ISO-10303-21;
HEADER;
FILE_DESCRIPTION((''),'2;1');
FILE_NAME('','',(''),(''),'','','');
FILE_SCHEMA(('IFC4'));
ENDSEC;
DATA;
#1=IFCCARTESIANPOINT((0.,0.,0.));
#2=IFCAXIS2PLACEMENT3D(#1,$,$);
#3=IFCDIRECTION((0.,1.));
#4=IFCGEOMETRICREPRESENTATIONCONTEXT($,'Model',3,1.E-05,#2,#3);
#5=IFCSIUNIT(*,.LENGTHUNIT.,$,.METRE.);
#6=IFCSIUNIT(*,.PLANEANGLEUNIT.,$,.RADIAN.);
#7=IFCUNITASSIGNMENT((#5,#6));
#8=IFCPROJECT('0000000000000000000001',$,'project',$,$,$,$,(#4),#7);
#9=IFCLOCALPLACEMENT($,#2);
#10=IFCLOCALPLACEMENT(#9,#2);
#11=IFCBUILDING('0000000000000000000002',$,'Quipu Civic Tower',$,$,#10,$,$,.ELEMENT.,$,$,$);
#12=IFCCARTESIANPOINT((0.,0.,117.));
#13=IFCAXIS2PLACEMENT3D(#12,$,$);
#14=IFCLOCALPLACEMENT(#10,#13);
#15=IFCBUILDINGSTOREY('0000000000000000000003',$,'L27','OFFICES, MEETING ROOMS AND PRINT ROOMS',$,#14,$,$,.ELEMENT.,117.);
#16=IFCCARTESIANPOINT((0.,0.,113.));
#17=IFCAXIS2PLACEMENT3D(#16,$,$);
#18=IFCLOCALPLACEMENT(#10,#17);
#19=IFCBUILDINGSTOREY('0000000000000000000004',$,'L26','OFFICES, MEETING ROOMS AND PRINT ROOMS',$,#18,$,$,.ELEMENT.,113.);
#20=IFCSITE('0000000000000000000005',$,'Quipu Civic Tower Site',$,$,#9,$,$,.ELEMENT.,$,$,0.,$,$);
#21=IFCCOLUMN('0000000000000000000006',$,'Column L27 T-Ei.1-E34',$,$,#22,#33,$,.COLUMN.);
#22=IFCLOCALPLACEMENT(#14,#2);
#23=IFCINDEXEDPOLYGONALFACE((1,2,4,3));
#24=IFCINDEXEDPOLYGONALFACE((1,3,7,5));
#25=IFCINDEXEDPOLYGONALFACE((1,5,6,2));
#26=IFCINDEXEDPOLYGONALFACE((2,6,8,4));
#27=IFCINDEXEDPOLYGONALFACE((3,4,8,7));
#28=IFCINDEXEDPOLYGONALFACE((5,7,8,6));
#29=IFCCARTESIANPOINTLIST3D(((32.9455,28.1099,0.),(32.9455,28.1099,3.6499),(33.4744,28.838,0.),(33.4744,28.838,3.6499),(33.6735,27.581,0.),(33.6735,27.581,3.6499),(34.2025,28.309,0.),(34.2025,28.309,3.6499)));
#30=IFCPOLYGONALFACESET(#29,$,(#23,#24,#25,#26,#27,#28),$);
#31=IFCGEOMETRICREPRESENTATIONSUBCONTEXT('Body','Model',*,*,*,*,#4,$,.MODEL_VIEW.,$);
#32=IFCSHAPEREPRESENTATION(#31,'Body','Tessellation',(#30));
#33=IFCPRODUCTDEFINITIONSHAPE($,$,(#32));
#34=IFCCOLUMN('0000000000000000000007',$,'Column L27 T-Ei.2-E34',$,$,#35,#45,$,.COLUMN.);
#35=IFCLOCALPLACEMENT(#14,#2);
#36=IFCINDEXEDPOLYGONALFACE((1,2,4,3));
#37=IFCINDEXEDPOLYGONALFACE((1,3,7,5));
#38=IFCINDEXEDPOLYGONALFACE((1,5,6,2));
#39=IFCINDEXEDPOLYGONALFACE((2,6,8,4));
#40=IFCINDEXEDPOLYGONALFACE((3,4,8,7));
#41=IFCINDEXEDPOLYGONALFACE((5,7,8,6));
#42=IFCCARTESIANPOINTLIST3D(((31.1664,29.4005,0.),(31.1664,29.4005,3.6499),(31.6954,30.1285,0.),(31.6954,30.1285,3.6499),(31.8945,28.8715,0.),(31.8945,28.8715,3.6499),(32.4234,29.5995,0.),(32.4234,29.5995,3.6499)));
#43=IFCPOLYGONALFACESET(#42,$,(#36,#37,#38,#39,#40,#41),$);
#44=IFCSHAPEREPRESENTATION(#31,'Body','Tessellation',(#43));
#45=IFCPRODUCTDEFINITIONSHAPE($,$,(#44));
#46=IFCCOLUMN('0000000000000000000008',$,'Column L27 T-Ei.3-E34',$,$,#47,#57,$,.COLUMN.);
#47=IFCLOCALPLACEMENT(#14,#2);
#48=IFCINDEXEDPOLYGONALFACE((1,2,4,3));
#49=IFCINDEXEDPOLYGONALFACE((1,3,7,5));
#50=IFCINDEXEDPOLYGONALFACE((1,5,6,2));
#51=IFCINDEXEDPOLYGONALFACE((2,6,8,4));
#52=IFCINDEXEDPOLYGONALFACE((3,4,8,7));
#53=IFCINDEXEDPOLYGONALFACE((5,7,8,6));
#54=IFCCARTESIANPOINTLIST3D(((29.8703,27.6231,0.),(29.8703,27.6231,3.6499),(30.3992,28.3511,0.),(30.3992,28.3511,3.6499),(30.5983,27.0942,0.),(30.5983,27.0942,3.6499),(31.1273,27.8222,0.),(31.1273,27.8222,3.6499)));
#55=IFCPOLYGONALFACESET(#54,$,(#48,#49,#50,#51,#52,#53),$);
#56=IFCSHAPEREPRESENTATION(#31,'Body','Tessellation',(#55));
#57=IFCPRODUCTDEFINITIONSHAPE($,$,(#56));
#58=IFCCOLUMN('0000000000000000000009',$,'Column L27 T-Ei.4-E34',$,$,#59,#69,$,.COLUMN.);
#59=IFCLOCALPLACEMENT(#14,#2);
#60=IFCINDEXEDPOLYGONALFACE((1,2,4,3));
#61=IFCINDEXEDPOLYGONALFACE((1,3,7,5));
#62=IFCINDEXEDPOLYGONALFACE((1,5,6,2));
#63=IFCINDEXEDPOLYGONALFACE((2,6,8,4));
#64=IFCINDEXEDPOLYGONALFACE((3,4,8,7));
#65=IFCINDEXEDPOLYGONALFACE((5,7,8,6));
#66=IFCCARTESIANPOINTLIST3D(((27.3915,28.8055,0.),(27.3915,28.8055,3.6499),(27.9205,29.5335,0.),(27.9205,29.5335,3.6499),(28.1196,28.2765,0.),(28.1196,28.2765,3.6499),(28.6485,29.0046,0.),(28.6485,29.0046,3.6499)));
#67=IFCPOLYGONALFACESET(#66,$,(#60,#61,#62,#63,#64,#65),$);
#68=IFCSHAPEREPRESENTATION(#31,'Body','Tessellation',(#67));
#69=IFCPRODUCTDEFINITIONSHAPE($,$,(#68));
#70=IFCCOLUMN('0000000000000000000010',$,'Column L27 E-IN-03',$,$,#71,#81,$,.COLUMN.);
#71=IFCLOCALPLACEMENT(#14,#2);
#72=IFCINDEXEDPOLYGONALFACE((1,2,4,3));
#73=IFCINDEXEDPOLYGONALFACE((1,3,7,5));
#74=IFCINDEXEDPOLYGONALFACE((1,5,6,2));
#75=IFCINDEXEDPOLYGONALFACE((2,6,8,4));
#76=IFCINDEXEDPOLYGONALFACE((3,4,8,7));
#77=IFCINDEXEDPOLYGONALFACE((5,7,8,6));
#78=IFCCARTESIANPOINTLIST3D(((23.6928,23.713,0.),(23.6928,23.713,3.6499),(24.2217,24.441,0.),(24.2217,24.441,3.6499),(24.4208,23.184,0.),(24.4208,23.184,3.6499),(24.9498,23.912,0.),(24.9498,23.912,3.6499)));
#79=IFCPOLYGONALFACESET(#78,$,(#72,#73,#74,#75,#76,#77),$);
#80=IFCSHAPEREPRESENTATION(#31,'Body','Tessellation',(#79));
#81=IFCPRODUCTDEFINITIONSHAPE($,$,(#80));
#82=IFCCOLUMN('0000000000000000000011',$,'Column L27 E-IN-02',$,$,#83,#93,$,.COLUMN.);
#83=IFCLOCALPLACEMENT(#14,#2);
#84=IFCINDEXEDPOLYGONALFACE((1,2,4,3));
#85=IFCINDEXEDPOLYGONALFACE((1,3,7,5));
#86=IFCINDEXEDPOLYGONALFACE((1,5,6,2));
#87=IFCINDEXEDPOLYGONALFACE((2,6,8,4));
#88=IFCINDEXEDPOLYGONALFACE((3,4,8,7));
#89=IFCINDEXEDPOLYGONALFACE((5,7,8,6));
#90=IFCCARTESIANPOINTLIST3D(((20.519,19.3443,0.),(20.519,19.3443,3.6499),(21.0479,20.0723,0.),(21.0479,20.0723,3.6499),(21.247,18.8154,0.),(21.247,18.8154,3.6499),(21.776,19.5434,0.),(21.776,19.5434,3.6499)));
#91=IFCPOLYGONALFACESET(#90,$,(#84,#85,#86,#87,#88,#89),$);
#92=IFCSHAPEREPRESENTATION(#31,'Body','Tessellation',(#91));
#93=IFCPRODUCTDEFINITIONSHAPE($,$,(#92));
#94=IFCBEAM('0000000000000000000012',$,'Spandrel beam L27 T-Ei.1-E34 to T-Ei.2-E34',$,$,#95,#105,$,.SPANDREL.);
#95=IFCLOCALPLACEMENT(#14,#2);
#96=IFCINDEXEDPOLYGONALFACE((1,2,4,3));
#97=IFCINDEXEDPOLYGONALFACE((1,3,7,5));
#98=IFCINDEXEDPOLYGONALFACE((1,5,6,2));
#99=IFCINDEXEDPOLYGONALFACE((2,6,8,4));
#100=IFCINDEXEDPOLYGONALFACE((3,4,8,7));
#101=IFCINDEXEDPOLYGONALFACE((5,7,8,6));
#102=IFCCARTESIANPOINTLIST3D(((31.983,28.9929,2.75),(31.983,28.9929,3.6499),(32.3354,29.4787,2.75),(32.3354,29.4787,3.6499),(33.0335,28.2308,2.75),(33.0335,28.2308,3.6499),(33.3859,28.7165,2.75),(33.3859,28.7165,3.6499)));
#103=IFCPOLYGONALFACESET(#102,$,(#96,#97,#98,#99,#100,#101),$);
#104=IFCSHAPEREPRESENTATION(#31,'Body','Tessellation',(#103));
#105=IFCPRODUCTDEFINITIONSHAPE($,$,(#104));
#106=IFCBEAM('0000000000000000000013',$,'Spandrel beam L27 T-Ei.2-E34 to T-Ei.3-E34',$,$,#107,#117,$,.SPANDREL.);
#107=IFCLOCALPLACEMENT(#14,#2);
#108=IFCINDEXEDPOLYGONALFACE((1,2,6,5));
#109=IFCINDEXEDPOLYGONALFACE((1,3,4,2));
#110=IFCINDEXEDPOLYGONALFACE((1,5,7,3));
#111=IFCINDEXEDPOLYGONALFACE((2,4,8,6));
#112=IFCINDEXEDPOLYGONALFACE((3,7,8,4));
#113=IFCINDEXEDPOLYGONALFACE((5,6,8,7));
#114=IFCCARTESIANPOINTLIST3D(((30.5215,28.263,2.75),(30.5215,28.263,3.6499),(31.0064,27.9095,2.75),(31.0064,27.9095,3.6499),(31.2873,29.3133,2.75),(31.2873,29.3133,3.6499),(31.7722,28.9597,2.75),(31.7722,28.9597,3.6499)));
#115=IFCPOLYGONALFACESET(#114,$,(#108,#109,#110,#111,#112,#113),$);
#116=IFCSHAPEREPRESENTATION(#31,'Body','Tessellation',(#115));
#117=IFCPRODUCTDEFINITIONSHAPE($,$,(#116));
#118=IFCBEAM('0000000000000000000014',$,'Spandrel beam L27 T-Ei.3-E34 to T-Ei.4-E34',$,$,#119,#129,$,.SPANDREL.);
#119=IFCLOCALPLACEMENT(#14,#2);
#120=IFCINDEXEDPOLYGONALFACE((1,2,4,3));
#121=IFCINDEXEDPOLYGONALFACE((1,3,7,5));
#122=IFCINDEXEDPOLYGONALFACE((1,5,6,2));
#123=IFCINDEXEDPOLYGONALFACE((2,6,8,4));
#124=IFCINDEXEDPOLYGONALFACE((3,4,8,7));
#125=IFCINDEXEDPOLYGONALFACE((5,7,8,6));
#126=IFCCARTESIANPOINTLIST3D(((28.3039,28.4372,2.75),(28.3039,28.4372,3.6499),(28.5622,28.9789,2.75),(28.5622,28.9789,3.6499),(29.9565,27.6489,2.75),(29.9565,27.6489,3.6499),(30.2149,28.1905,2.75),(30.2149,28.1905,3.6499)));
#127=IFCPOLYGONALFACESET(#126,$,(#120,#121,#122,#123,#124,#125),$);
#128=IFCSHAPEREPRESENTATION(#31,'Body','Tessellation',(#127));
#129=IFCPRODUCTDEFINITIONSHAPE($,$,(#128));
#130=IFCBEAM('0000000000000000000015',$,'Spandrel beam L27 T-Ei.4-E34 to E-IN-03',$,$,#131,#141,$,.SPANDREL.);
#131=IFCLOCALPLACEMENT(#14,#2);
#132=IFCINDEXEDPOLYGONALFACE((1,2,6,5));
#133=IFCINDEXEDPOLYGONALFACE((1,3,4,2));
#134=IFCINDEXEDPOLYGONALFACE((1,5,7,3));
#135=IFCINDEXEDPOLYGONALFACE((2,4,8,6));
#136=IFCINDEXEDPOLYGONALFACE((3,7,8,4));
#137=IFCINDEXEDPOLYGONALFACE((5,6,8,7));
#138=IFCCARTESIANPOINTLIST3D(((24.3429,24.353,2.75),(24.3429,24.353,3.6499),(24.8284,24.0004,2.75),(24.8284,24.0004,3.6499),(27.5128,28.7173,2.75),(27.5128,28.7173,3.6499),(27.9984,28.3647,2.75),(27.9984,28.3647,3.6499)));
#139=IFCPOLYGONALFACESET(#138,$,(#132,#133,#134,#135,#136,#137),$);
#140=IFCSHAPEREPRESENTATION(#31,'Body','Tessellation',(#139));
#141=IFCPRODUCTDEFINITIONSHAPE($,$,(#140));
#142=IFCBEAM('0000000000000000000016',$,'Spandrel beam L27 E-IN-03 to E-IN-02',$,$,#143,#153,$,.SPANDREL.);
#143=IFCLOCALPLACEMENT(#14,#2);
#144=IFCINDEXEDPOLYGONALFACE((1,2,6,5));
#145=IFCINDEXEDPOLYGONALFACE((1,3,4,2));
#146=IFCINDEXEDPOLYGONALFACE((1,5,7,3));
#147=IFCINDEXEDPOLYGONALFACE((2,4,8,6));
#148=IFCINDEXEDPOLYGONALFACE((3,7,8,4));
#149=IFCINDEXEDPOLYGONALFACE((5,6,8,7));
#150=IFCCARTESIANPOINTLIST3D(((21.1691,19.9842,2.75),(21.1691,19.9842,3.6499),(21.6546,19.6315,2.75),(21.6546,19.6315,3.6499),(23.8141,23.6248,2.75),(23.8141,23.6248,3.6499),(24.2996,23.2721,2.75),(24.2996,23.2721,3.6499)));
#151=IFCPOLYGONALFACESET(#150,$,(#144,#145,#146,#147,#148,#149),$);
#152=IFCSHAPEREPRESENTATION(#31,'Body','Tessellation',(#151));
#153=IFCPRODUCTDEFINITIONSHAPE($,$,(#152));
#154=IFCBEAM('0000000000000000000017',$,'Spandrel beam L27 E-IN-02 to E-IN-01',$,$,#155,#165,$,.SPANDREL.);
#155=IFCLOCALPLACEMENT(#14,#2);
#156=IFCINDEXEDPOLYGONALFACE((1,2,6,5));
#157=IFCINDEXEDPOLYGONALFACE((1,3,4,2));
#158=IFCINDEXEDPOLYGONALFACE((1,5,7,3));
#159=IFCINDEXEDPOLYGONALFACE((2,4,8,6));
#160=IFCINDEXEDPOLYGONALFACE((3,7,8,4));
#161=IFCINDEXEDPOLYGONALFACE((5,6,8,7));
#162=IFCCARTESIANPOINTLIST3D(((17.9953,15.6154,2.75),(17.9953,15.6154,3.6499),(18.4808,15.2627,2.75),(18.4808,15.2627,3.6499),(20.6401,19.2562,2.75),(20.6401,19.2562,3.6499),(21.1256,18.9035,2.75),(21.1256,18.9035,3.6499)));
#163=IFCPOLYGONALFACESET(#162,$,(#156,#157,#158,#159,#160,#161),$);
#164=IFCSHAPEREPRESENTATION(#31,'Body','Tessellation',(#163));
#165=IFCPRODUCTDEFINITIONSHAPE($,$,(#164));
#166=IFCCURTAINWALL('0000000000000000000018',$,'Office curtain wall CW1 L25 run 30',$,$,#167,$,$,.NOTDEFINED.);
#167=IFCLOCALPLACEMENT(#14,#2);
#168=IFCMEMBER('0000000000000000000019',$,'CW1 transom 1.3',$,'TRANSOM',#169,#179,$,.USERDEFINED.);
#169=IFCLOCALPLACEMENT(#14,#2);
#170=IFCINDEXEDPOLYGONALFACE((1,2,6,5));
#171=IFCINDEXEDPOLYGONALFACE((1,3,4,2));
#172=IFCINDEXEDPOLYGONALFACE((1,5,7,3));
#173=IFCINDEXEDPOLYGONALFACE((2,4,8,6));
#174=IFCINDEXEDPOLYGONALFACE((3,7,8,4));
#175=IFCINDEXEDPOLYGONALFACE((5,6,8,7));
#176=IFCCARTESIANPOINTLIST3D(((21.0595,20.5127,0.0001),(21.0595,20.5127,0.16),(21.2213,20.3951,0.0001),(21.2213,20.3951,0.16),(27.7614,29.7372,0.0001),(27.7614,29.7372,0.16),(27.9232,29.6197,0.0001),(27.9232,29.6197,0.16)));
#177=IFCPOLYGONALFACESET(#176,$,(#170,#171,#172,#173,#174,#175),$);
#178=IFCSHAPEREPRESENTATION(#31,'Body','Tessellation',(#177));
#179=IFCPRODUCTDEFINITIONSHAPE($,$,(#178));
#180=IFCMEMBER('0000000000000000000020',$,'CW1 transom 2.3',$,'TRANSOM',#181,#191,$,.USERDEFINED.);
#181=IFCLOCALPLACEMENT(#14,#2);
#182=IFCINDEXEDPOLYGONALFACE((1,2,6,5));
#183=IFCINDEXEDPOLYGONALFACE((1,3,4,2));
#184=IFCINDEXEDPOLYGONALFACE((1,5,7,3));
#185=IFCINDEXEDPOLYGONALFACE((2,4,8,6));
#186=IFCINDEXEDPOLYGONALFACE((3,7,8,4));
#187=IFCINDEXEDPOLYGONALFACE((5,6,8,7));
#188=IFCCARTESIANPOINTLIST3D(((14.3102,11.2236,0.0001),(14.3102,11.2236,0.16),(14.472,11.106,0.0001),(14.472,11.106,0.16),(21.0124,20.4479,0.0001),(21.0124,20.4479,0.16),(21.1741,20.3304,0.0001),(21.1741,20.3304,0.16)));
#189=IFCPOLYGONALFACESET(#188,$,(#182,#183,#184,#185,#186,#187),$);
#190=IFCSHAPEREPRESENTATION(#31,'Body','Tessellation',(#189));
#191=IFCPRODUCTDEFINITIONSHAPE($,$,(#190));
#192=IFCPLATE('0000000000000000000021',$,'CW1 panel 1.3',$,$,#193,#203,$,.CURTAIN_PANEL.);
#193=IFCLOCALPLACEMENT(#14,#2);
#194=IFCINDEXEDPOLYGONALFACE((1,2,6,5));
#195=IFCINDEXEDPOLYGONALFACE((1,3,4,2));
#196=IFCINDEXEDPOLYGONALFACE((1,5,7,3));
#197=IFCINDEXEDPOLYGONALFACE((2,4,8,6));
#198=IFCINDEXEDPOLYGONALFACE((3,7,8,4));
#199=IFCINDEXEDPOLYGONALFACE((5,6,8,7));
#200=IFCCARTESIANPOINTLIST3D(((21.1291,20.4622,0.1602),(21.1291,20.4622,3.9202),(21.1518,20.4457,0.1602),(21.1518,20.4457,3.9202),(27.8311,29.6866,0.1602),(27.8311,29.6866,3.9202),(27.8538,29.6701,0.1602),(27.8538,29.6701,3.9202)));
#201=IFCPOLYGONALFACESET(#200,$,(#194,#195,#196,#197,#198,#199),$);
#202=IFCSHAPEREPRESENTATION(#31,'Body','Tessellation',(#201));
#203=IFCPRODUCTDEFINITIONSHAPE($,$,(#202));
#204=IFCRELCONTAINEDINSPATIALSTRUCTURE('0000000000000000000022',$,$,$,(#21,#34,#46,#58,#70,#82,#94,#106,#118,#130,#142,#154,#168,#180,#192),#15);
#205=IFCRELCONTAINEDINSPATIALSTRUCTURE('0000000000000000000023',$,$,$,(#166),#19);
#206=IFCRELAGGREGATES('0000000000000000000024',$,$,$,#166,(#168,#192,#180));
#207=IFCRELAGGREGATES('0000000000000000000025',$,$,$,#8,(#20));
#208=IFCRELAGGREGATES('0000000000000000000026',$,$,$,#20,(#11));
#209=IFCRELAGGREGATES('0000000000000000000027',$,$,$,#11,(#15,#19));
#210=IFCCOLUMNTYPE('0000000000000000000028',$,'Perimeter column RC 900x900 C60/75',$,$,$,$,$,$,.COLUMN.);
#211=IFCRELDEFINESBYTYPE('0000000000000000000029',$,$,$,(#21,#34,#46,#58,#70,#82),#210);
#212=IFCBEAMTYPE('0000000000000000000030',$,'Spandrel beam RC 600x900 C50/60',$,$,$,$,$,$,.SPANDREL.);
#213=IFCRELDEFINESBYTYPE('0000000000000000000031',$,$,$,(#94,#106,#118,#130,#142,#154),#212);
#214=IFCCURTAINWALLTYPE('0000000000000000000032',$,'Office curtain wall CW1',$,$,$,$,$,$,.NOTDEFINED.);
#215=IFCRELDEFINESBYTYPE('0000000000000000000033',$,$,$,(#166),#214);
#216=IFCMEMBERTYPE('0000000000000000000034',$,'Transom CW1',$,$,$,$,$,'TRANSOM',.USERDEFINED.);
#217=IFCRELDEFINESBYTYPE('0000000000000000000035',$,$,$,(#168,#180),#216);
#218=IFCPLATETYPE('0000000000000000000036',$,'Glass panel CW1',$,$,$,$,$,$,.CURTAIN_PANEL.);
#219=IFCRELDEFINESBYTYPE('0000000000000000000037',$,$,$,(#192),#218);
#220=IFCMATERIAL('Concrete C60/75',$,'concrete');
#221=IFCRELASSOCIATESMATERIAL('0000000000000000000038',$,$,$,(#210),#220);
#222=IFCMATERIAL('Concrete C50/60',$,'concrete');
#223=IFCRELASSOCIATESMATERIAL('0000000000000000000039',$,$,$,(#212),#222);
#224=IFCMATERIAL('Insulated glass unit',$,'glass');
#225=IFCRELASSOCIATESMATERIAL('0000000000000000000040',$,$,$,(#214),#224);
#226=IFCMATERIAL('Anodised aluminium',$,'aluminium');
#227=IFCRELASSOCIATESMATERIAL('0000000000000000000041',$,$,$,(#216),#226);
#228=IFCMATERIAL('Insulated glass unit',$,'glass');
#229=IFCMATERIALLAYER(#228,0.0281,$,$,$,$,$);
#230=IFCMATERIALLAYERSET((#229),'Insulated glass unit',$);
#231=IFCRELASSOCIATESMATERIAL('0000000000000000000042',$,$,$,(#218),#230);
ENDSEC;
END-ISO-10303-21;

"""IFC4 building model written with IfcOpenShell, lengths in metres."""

from ifc_helpers import new_model, si_unit, direction, frame, origin, origin_2d, place, context, subcontext, project, spatial, rectangle, extrude, material, layer, layer_set, material_profile, profile_set, type_object, element, aggregate, save


model = new_model("IFC4")

# Units and contexts
model_context = context("Model", 3, precision=1e-05, world=origin(), true_north=direction((0.0, 1.0)))
body_context = subcontext(model_context, "Body", "Model", "MODEL_VIEW")
ifc_project = project(units=[si_unit("LENGTHUNIT", "METRE"), si_unit("PLANEANGLEUNIT", "RADIAN")], contexts=[model_context])

# Site, building, storey
site_placement = place(None, origin())
site = spatial("IfcSite", under=ifc_project, at=site_placement, Name="Quipu Civic Tower Site", CompositionType="ELEMENT", RefElevation=0.0)
building_placement = place(site_placement, origin())
building = spatial("IfcBuilding", under=site, at=building_placement, Name="Quipu Civic Tower", CompositionType="ELEMENT")
storey_1_placement = place(building_placement, frame((0.0, 0.0, 117.0)))
storey_1 = spatial("IfcBuildingStorey", under=building, at=storey_1_placement, Name="L27", Description="OFFICES, MEETING ROOMS AND PRINT ROOMS", CompositionType="ELEMENT", Elevation=117.0)

# Columns
ifc_material_1 = material(Name="Concrete C60/75", Category="concrete")
ifc_material_profile_1 = material_profile(ifc_material_1, rectangle(XDim=0.8999, YDim=0.8999, at=origin_2d()), Name="RC900x900")
ifc_profile_set_1 = profile_set([ifc_material_profile_1], Name="Concrete C60/75")
column_type = type_object("IfcColumnType", Name="Perimeter column RC 900x900 C60/75", PredefinedType="COLUMN", material=ifc_profile_set_1)
for number, where, z_axis, x_axis, name in (
    (1, (33.574, 28.2095, 0.0), (0.0, 0.0, 1.0), (-0.809017, 0.587785, 0.0), "Column L27 T-Ei.1-E34"),
    (2, (31.7949, 29.5, 0.0), (0.0, 0.0, 1.0), (-0.587785, -0.809017, 0.0), "Column L27 T-Ei.2-E34"),
    (3, (30.4988, 27.7227, 0.0), (0.0, 0.0, 1.0), (-0.809017, 0.587785, 0.0), "Column L27 T-Ei.3-E34"),
    (4, (28.02, 28.905, 0.0), (0.0, 0.0, 1.0), (-0.809017, 0.587785, 0.0), "Column L27 T-Ei.4-E34"),
    (5, (24.3213, 23.8125, 0.0), (0.0, 0.0, 1.0), (-0.587785, -0.809017, 0.0), "Column L27 E-IN-03"),
    (6, (21.1475, 19.4438, 0.0), (0.0, 0.0, 1.0), (-0.587785, -0.809017, 0.0), "Column L27 E-IN-02"),
):
    element("IfcColumn", number, at=place(storey_1_placement, frame(where, z_axis=z_axis, x_axis=x_axis)), inside=storey_1, type_object=column_type, Name=name, PredefinedType="COLUMN", context=body_context, shape_type="SweptSolid", body=[
        extrude(rectangle(XDim=0.8999, YDim=0.8999, at=origin_2d()), origin(), (0.0, 0.0, 1.0), 3.6499),
    ])

# Beams
ifc_material_2 = material(Name="Concrete C50/60", Category="concrete")
ifc_material_profile_2 = material_profile(ifc_material_2, rectangle(XDim=0.6001, YDim=0.8999, at=origin_2d()), Name="RC600x900")
ifc_profile_set_2 = profile_set([ifc_material_profile_2], Name="Concrete C50/60")
beam_type = type_object("IfcBeamType", Name="Spandrel beam RC 600x900 C50/60", PredefinedType="SPANDREL", material=ifc_profile_set_2)
beam_1_placement = place(storey_1_placement, frame((33.2097, 28.4736, 3.2), z_axis=(-0.809403, 0.587254, 0.0), x_axis=(-0.587254, -0.809403, 0.0)))
element("IfcBeam", 7, at=beam_1_placement, inside=storey_1, type_object=beam_type, Name="Spandrel beam L27 T-Ei.1-E34 to T-Ei.2-E34", PredefinedType="SPANDREL", context=body_context, shape_type="SweptSolid", body=[
    extrude(rectangle(XDim=0.6001, YDim=0.8999, at=origin_2d()), origin(), (0.0, 0.0, 1.0), 1.2979),
])
beam_2_placement = place(storey_1_placement, frame((31.5298, 29.1365, 3.2), z_axis=(-0.589187, -0.807996, 0.0), x_axis=(0.807996, -0.589187, 0.0)))
element("IfcBeam", 8, at=beam_2_placement, inside=storey_1, type_object=beam_type, Name="Spandrel beam L27 T-Ei.2-E34 to T-Ei.3-E34", PredefinedType="SPANDREL", context=body_context, shape_type="SweptSolid", body=[
    extrude(rectangle(XDim=0.6001, YDim=0.8999, at=origin_2d()), origin(), (0.0, 0.0, 1.0), 1.2998),
])
beam_3_placement = place(storey_1_placement, frame((30.0857, 27.9197, 3.2), z_axis=(-0.902567, 0.430549, 0.0), x_axis=(-0.430549, -0.902567, 0.0)))
element("IfcBeam", 9, at=beam_3_placement, inside=storey_1, type_object=beam_type, Name="Spandrel beam L27 T-Ei.3-E34 to T-Ei.4-E34", PredefinedType="SPANDREL", context=body_context, shape_type="SweptSolid", body=[
    extrude(rectangle(XDim=0.6001, YDim=0.8999, at=origin_2d()), origin(), (0.0, 0.0, 1.0), 1.8311),
])
beam_4_placement = place(storey_1_placement, frame((27.7556, 28.541, 3.2), z_axis=(-0.587676, -0.809096, 0.0), x_axis=(0.809096, -0.587676, 0.0)))
element("IfcBeam", 10, at=beam_4_placement, inside=storey_1, type_object=beam_type, Name="Spandrel beam L27 T-Ei.4-E34 to E-IN-03", PredefinedType="SPANDREL", context=body_context, shape_type="SweptSolid", body=[
    extrude(rectangle(XDim=0.6001, YDim=0.8999, at=origin_2d()), origin(), (0.0, 0.0, 1.0), 5.394),
])
for number, where, z_axis, x_axis, name in (
    (11, (24.0569, 23.4485, 3.2), (-0.587778, -0.809022, 0.0), (0.809022, -0.587778, 0.0), "Spandrel beam L27 E-IN-03 to E-IN-02"),
    (12, (20.8828, 19.0798, 3.2), (-0.587717, -0.809067, 0.0), (0.809067, -0.587717, 0.0), "Spandrel beam L27 E-IN-02 to E-IN-01"),
):
    element("IfcBeam", number, at=place(storey_1_placement, frame(where, z_axis=z_axis, x_axis=x_axis)), inside=storey_1, type_object=beam_type, Name=name, PredefinedType="SPANDREL", context=body_context, shape_type="SweptSolid", body=[
        extrude(rectangle(XDim=0.6001, YDim=0.8999, at=origin_2d()), origin(), (0.0, 0.0, 1.0), 4.5),
    ])

# Shared definitions
storey_2_placement = place(building_placement, frame((0.0, 0.0, 113.0)))
storey_2 = spatial("IfcBuildingStorey", under=building, at=storey_2_placement, Name="L26", Description="OFFICES, MEETING ROOMS AND PRINT ROOMS", CompositionType="ELEMENT", Elevation=113.0)

# Curtain wall, members, plate
ifc_material_3 = material(Name="Insulated glass unit", Category="glass")
curtain_wall_type = type_object("IfcCurtainWallType", Name="Office curtain wall CW1", PredefinedType="NOTDEFINED", material=ifc_material_3)
curtain_wall_placement = place(storey_2_placement, origin())
curtain_wall = element("IfcCurtainWall", 13, at=curtain_wall_placement, inside=storey_2, type_object=curtain_wall_type, Name="Office curtain wall CW1 L25 run 30", PredefinedType="NOTDEFINED")
ifc_material_4 = material(Name="Anodised aluminium", Category="aluminium")
ifc_material_profile_3 = material_profile(ifc_material_4, rectangle(XDim=0.2, YDim=0.1599, at=origin_2d()), Name="RECT 200x160")
ifc_profile_set_3 = profile_set([ifc_material_profile_3], Name="Anodised aluminium")
member_type = type_object("IfcMemberType", Name="Transom CW1", ElementType="TRANSOM", PredefinedType="USERDEFINED", material=ifc_profile_set_3)
member_1_placement = place(storey_1_placement, frame((27.8423, 29.6785, 0.0801), z_axis=(-0.587776, -0.809024, 0.0), x_axis=(0.809024, -0.587776, 0.0)))
member_1 = element("IfcMember", 14, at=member_1_placement, inside=storey_1, type_object=member_type, Name="CW1 transom 1.3", ObjectType="TRANSOM", PredefinedType="USERDEFINED", context=body_context, shape_type="SweptSolid", body=[
    extrude(rectangle(XDim=0.2, YDim=0.1599, at=origin_2d()), origin(), (0.0, 0.0, 1.0), 11.4021),
])
member_2_placement = place(storey_1_placement, frame((21.0933, 20.3892, 0.0801), z_axis=(-0.5878, -0.809006, 0.0), x_axis=(0.809006, -0.5878, 0.0)))
member_2 = element("IfcMember", 15, at=member_2_placement, inside=storey_1, type_object=member_type, Name="CW1 transom 2.3", ObjectType="TRANSOM", PredefinedType="USERDEFINED", context=body_context, shape_type="SweptSolid", body=[
    extrude(rectangle(XDim=0.2, YDim=0.1599, at=origin_2d()), origin(), (0.0, 0.0, 1.0), 11.4021),
])
ifc_material_5 = material(Name="Insulated glass unit", Category="glass")
ifc_layer_1 = layer(ifc_material_5, 0.0281)
ifc_layer_set_1 = layer_set([ifc_layer_1], Name="Insulated glass unit")
plate_type_1 = type_object("IfcPlateType", Name="Glass panel CW1", PredefinedType="CURTAIN_PANEL", material=ifc_layer_set_1)
plate_placement = place(storey_1_placement, frame((24.4915, 25.0662, 0.1602), z_axis=(0.0, 0.0, 1.0), x_axis=(-0.587789, -0.809014, 0.0)))
plate = element("IfcPlate", 16, at=plate_placement, inside=storey_1, type_object=plate_type_1, Name="CW1 panel 1.3", PredefinedType="CURTAIN_PANEL", context=body_context, shape_type="SweptSolid", body=[
    extrude(rectangle(XDim=11.4021, YDim=0.0281, at=origin_2d()), origin(), (0.0, 0.0, 1.0), 3.76),
])
aggregate(curtain_wall, [member_1, plate, member_2])

save(model, "model.ifc")
